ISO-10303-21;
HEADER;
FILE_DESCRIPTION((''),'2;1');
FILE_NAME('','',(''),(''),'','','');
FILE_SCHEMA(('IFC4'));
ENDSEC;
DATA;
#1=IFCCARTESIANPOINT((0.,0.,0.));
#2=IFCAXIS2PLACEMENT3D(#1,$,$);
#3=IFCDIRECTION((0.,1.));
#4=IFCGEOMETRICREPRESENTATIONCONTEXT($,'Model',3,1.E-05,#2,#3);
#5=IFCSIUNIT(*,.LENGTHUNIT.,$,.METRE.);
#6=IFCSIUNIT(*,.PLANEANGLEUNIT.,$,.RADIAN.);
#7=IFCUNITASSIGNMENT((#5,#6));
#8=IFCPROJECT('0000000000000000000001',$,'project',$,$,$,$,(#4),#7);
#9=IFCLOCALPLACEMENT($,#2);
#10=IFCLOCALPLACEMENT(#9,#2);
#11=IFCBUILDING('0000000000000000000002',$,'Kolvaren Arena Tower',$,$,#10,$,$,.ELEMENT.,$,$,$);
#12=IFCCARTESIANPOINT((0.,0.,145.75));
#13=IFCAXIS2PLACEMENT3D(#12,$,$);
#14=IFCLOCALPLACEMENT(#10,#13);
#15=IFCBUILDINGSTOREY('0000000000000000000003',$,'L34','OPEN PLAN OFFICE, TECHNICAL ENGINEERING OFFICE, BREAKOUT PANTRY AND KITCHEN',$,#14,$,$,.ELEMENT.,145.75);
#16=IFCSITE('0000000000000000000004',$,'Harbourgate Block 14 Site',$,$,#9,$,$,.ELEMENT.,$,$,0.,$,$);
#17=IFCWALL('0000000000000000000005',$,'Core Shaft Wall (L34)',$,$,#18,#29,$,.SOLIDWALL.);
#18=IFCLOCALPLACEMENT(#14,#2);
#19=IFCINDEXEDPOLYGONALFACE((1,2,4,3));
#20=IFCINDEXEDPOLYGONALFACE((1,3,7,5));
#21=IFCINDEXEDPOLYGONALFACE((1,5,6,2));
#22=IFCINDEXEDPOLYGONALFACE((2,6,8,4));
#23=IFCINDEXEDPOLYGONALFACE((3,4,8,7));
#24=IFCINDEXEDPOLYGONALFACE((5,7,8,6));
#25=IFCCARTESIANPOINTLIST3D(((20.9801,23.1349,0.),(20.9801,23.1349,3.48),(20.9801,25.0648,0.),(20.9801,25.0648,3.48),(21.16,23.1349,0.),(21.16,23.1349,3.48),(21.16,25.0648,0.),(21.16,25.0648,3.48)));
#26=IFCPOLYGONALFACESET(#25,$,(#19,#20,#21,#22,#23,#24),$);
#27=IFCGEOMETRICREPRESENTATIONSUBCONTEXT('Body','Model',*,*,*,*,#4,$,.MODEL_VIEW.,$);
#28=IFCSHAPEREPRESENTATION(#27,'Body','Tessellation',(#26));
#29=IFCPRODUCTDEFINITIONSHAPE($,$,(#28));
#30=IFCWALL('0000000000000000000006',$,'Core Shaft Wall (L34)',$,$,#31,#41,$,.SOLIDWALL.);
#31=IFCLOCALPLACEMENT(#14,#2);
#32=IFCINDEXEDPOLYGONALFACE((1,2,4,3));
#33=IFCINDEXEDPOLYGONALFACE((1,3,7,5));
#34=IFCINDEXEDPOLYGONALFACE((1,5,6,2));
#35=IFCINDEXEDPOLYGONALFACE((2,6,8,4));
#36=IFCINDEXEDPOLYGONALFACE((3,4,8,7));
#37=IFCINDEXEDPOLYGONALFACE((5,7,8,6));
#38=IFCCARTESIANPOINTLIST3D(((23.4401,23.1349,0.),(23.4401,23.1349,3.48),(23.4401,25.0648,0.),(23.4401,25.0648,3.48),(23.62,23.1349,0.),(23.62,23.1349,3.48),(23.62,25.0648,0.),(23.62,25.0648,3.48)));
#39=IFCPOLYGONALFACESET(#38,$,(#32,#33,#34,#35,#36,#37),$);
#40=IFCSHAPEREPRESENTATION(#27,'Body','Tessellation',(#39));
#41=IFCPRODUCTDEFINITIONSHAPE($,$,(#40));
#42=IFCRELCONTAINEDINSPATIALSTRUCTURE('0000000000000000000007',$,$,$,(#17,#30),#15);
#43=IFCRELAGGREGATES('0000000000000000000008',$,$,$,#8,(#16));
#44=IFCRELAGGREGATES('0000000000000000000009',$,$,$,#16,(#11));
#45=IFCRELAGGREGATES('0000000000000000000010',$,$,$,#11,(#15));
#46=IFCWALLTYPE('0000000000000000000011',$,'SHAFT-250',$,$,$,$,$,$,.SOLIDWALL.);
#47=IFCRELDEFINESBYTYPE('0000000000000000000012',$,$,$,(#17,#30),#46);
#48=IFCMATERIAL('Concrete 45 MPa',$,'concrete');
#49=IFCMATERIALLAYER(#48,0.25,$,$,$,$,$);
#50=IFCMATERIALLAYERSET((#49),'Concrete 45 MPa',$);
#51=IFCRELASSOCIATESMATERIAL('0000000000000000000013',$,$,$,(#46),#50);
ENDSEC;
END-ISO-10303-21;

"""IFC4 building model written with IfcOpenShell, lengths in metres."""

from ifc_helpers import new_model, si_unit, direction, frame, frame_2d, origin, place, context, subcontext, project, spatial, rectangle, extrude, material, layer, layer_set, type_object, element, save


model = new_model("IFC4")

# Units and contexts
model_context = context("Model", 3, precision=1e-05, world=origin(), true_north=direction((0.0, 1.0)))
body_context = subcontext(model_context, "Body", "Model", "MODEL_VIEW")
ifc_project = project(units=[si_unit("LENGTHUNIT", "METRE"), si_unit("PLANEANGLEUNIT", "RADIAN")], contexts=[model_context])

# Site, building, storey
site_placement = place(None, origin())
site = spatial("IfcSite", under=ifc_project, at=site_placement, Name="Harbourgate Block 14 Site", CompositionType="ELEMENT", RefElevation=0.0)
building_placement = place(site_placement, origin())
building = spatial("IfcBuilding", under=site, at=building_placement, Name="Kolvaren Arena Tower", CompositionType="ELEMENT")
storey_placement = place(building_placement, frame((0.0, 0.0, 145.75)))
storey = spatial("IfcBuildingStorey", under=building, at=storey_placement, Name="L34", Description="OPEN PLAN OFFICE, TECHNICAL ENGINEERING OFFICE, BREAKOUT PANTRY AND KITCHEN", CompositionType="ELEMENT", Elevation=145.75)

# Shared definitions
ifc_material_1 = material(Name="Concrete 45 MPa", Category="concrete")
ifc_layer_1 = layer(ifc_material_1, 0.25)
ifc_layer_set_1 = layer_set([ifc_layer_1], Name="Concrete 45 MPa")
wall_type_1 = type_object("IfcWallType", Name="SHAFT-250", PredefinedType="SOLIDWALL", material=ifc_layer_set_1)

# Walls
for number, where, z_axis, x_axis, name in (
    (1, (21.0701, 23.135, 0.0), (0.0, 0.0, 1.0), (0.0, 1.0, 0.0), "Core Shaft Wall (L34)"),
    (2, (23.53, 23.135, 0.0), (0.0, 0.0, 1.0), (0.0, 1.0, 0.0), "Core Shaft Wall (L34)"),
):
    element("IfcWall", number, at=place(storey_placement, frame(where, z_axis=z_axis, x_axis=x_axis)), inside=storey, type_object=wall_type_1, Name=name, PredefinedType="SOLIDWALL", context=body_context, shape_type="SweptSolid", body=[
        extrude(rectangle(XDim=1.9299, YDim=0.1799, at=frame_2d((0.9648, 0.0))), origin(), (0.0, 0.0, 1.0), 3.48),
    ])

save(model, "model.ifc")
